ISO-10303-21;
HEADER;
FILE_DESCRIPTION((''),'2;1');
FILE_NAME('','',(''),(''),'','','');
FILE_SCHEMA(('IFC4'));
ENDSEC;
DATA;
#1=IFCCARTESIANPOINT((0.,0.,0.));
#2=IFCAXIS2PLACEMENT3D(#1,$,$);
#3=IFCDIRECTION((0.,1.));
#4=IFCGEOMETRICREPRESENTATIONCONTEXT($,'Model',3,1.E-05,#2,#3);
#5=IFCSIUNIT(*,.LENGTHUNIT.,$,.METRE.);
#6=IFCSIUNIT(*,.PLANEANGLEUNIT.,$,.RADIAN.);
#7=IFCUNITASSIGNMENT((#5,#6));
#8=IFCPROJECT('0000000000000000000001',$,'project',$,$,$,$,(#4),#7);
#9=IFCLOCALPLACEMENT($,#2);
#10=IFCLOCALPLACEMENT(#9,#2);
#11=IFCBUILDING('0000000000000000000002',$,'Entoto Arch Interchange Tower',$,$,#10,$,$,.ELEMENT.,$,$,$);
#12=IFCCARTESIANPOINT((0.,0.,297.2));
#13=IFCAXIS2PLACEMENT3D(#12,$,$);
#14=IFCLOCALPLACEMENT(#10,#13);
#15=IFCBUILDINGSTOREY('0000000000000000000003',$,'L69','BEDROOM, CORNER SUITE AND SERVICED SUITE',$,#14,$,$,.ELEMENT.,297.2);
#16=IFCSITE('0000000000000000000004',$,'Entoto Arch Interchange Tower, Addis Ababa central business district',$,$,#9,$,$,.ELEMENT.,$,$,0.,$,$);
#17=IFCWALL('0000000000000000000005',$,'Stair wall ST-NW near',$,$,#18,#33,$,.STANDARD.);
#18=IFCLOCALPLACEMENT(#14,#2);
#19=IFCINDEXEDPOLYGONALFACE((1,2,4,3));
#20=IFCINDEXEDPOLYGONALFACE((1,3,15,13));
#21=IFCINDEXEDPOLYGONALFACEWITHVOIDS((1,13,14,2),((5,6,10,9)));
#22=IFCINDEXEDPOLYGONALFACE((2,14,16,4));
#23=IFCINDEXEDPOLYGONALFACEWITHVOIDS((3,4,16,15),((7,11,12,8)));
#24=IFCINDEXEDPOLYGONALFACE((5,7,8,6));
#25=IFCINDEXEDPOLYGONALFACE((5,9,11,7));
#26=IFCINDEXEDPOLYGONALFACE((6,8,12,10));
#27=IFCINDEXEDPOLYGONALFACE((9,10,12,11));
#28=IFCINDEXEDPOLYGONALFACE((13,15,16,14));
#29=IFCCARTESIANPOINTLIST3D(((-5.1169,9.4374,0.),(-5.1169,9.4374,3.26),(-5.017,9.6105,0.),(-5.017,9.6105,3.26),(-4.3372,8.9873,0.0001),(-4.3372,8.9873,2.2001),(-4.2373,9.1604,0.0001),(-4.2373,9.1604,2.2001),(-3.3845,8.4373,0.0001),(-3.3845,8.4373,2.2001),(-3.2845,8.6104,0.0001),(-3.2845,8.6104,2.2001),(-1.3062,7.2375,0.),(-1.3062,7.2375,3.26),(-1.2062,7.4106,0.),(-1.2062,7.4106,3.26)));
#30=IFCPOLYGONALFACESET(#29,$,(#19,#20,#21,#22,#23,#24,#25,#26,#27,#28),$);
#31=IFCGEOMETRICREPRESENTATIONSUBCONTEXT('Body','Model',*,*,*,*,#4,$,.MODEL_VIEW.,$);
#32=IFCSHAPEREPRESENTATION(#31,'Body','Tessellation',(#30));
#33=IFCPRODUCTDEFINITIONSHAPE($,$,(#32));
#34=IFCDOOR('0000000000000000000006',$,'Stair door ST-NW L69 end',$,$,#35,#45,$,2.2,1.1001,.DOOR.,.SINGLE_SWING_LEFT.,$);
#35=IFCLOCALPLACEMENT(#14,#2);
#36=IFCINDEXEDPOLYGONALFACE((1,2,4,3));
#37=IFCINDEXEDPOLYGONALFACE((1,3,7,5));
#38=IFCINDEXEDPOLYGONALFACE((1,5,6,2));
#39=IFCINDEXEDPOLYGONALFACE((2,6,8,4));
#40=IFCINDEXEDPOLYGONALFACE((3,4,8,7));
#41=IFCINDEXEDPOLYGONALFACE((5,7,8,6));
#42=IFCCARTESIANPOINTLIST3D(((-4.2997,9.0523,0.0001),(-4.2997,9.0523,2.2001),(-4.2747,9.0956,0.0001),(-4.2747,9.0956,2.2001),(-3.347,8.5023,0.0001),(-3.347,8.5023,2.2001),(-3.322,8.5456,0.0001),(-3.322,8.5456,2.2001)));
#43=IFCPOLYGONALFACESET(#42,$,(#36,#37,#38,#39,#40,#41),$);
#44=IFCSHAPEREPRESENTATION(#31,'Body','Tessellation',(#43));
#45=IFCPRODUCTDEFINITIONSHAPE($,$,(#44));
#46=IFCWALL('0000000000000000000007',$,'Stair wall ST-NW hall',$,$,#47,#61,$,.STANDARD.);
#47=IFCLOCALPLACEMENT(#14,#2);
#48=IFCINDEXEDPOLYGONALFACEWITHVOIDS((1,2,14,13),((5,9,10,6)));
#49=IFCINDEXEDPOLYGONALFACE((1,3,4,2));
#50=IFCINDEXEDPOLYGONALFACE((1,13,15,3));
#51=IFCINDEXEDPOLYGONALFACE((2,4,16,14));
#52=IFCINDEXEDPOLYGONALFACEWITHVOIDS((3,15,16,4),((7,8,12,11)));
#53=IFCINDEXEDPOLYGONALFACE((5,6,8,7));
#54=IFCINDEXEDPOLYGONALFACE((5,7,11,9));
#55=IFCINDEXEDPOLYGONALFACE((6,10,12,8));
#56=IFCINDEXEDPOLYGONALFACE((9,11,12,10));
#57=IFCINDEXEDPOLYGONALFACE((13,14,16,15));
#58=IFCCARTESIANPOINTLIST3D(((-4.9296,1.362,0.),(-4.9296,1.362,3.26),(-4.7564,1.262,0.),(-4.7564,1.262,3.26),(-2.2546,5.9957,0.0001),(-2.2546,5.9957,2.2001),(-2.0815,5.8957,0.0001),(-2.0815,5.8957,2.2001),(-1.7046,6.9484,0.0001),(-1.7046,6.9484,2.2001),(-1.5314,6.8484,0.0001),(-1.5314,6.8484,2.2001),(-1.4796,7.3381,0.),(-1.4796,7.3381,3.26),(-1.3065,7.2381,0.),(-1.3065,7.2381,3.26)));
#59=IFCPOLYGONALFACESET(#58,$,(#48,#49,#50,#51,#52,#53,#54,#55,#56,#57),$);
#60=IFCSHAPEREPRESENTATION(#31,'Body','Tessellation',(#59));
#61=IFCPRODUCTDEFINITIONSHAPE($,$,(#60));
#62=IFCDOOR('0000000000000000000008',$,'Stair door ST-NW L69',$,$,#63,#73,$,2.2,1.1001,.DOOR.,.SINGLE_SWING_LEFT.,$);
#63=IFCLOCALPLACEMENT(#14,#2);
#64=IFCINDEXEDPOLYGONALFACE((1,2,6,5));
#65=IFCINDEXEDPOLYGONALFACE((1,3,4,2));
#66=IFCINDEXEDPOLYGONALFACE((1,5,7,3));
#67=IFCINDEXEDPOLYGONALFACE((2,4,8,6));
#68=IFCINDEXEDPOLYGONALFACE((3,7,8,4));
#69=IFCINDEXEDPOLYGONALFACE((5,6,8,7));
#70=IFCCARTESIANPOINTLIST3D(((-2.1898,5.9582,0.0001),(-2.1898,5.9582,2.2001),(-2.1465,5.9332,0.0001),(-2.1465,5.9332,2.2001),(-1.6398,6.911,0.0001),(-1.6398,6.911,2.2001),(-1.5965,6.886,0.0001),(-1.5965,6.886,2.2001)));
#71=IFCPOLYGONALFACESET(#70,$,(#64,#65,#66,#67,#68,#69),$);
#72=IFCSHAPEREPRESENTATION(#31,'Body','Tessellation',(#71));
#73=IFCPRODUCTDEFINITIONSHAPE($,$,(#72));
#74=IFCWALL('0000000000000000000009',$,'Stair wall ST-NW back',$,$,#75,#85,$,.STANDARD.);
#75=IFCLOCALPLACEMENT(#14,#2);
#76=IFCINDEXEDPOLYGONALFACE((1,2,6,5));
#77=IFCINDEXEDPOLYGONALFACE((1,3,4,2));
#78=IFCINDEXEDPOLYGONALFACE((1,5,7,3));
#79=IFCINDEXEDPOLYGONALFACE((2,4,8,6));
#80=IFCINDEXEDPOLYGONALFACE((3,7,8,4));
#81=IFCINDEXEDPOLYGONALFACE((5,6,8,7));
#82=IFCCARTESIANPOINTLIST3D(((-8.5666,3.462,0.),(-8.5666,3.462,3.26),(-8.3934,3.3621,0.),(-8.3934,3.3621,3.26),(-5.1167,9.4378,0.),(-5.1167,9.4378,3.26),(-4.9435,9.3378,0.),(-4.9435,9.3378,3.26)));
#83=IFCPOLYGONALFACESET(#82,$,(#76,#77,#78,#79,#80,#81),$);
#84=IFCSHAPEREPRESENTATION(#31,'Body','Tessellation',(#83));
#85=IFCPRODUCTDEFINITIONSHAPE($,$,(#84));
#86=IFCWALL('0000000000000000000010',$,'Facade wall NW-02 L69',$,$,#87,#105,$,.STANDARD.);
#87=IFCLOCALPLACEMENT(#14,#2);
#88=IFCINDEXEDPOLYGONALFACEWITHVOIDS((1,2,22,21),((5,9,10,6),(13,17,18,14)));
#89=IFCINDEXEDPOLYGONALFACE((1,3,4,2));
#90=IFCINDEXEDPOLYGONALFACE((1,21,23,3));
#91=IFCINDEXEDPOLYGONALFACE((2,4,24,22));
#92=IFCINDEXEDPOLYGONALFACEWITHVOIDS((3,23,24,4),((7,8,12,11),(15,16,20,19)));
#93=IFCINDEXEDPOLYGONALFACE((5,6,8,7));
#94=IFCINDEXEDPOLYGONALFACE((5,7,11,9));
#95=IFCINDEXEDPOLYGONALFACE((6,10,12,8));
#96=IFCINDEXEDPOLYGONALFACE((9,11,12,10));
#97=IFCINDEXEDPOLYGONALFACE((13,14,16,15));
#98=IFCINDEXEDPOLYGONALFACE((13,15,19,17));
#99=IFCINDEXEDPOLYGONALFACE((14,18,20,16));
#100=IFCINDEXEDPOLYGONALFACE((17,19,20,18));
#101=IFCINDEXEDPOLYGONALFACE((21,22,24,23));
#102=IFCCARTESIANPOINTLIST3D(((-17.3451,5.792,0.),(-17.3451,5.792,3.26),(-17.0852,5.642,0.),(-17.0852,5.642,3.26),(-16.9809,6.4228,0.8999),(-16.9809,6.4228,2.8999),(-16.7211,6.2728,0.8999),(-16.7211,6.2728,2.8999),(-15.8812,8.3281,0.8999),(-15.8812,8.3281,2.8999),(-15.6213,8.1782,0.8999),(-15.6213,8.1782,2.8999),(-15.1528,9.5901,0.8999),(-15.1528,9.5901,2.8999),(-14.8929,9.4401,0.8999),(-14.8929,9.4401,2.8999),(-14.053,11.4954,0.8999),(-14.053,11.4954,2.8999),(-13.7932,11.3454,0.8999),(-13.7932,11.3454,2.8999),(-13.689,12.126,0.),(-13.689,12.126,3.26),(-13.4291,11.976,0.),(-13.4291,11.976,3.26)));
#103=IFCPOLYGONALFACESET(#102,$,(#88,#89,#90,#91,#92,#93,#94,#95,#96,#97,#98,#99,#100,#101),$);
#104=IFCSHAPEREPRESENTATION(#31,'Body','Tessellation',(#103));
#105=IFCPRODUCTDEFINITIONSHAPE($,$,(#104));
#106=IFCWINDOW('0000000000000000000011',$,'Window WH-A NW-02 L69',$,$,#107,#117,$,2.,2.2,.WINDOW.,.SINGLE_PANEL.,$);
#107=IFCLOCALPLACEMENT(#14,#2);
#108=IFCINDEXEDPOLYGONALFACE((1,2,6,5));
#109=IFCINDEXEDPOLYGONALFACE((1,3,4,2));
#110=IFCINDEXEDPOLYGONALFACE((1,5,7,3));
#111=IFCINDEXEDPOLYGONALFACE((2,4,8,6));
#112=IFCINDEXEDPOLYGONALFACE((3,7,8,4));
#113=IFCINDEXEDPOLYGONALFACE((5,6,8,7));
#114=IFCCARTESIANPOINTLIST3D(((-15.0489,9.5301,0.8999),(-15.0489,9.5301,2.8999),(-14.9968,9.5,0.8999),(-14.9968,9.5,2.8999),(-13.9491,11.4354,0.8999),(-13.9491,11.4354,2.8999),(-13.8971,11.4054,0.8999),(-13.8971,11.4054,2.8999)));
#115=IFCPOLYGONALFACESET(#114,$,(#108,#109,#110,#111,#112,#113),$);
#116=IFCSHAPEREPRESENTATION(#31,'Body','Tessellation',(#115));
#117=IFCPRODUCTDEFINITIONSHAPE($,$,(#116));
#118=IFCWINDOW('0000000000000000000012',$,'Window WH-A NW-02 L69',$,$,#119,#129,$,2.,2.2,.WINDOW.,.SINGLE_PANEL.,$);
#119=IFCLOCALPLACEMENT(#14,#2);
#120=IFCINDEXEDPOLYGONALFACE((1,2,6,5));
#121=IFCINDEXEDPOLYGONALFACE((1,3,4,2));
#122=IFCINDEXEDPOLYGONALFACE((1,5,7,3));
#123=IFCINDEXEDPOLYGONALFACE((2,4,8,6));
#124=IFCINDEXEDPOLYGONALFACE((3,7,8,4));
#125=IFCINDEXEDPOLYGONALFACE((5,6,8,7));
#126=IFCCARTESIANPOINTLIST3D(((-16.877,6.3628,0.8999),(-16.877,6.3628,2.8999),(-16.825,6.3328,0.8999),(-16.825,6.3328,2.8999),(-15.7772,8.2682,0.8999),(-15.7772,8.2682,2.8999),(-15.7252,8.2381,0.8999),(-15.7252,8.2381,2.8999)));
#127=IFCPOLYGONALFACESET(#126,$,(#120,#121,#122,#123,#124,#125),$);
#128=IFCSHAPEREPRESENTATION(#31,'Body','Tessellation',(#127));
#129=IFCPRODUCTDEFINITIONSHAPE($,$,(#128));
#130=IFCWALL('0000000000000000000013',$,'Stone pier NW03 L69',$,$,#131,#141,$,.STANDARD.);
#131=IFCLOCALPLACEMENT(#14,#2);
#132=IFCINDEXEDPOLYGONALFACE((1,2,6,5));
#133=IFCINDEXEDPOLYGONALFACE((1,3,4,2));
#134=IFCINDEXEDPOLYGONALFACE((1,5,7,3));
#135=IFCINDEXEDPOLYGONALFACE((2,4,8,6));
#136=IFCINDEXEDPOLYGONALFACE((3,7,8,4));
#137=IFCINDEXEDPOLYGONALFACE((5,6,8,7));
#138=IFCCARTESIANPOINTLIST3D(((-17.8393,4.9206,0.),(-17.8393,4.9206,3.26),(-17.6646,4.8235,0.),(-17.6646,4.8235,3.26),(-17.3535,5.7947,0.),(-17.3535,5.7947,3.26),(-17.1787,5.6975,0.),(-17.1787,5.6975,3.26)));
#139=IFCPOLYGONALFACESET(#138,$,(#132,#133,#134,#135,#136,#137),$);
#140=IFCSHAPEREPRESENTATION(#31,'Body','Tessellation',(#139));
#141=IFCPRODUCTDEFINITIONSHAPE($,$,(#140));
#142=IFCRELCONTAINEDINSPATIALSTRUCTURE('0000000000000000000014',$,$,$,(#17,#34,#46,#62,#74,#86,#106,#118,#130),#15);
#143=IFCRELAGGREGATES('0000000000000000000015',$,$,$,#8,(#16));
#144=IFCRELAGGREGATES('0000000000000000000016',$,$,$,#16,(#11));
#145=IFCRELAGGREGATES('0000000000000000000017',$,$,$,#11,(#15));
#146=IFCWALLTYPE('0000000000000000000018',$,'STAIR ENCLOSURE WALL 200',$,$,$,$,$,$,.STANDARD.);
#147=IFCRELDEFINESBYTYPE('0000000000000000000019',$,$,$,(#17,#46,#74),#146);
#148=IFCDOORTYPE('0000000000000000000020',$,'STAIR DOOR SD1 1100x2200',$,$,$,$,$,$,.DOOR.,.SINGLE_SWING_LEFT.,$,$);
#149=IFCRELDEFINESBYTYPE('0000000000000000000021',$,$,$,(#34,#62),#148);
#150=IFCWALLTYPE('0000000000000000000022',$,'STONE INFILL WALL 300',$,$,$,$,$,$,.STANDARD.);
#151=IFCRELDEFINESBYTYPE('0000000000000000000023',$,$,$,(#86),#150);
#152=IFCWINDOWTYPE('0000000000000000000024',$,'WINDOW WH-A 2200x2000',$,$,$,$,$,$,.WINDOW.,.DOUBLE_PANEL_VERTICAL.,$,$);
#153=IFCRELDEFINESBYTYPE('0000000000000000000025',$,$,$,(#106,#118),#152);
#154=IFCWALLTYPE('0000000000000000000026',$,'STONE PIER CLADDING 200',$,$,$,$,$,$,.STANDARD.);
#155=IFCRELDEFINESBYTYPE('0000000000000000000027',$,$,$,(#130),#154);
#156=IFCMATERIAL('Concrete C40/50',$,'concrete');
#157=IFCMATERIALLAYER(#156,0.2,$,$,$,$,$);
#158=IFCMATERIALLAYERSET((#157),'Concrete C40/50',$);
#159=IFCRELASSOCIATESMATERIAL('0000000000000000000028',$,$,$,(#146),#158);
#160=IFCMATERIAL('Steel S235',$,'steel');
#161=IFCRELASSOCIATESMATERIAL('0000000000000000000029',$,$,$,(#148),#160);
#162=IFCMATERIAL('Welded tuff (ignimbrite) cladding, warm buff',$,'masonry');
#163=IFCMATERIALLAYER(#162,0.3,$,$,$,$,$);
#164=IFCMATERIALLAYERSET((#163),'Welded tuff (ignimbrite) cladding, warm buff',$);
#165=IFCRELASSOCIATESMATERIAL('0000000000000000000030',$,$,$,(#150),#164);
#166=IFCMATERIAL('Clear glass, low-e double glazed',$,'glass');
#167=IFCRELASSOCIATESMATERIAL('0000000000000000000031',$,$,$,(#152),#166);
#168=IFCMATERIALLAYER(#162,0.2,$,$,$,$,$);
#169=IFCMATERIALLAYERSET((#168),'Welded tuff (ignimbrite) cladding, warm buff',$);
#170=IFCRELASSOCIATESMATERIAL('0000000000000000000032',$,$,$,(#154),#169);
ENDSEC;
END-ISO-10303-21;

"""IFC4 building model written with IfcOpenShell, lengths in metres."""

from ifc_helpers import new_model, si_unit, direction, frame, frame_2d, origin, place, context, subcontext, project, spatial, rectangle, extrude, material, layer, layer_set, type_object, element, fill, save


model = new_model("IFC4")

# Units and contexts
model_context = context("Model", 3, precision=1e-05, world=origin(), true_north=direction((0.0, 1.0)))
body_context = subcontext(model_context, "Body", "Model", "MODEL_VIEW")
ifc_project = project(units=[si_unit("LENGTHUNIT", "METRE"), si_unit("PLANEANGLEUNIT", "RADIAN")], contexts=[model_context])

# Site, building, storey
site_placement = place(None, origin())
site = spatial("IfcSite", under=ifc_project, at=site_placement, Name="Entoto Arch Interchange Tower, Addis Ababa central business district", CompositionType="ELEMENT", RefElevation=0.0)
building_placement = place(site_placement, origin())
building = spatial("IfcBuilding", under=site, at=building_placement, Name="Entoto Arch Interchange Tower", CompositionType="ELEMENT")
storey_placement = place(building_placement, frame((0.0, 0.0, 297.2)))
storey = spatial("IfcBuildingStorey", under=building, at=storey_placement, Name="L69", Description="BEDROOM, CORNER SUITE AND SERVICED SUITE", CompositionType="ELEMENT", Elevation=297.2)

# Shared definitions
ifc_material_1 = material(Name="Concrete C40/50", Category="concrete")

# Walls, openings, doors
ifc_layer_1 = layer(ifc_material_1, 0.2)
ifc_layer_set_1 = layer_set([ifc_layer_1], Name="Concrete C40/50")
wall_type_1 = type_object("IfcWallType", Name="STAIR ENCLOSURE WALL 200", PredefinedType="STANDARD", material=ifc_layer_set_1)
wall_1_placement = place(storey_placement, frame((-1.2561, 7.324, 0.0), z_axis=(0.0, 0.0, 1.0), x_axis=(-0.866046, 0.499964, 0.0)))
wall_1 = element("IfcWall", 1, at=wall_1_placement, inside=storey, type_object=wall_type_1, Name="Stair wall ST-NW near", PredefinedType="STANDARD", context=body_context, shape_type="SweptSolid", body=[
    extrude(rectangle(XDim=4.4001, YDim=0.2, at=frame_2d((2.2002, 0.0))), origin(), (0.0, 0.0, 1.0), 3.26),
])
opening_1_placement = place(wall_1_placement, frame((2.3999, 0.0, 0.0)))
opening_1 = element("IfcOpeningElement", 2, at=opening_1_placement, cuts=wall_1, PredefinedType="OPENING", context=body_context, shape_type="SweptSolid", body=[
    extrude(rectangle(XDim=1.1001, YDim=2.2, at=frame_2d((0.55, 1.1001))), frame((0.0, 0.1099, 0.0), z_axis=(0.0, -1.0, 0.0), x_axis=(1.0, 0.0, 0.0)), (0.0, 0.0, 1.0), 0.22),
])
ifc_material_2 = material(Name="Steel S235", Category="steel")
door_type_1 = type_object("IfcDoorType", Name="STAIR DOOR SD1 1100x2200", OperationType="SINGLE_SWING_LEFT", PredefinedType="DOOR", material=ifc_material_2)
door_1_placement = place(opening_1_placement, origin())
door_1 = element("IfcDoor", 3, at=door_1_placement, inside=storey, type_object=door_type_1, Name="Stair door ST-NW L69 end", OperationType="SINGLE_SWING_LEFT", OverallHeight=2.2, OverallWidth=1.1001, PredefinedType="DOOR", context=body_context, shape_type="SweptSolid", body=[
    extrude(rectangle(XDim=1.1001, YDim=2.2, at=frame_2d((0.55, 1.1001))), frame((0.0, 0.0249, 0.0), z_axis=(0.0, -1.0, 0.0), x_axis=(1.0, 0.0, 0.0)), (0.0, 0.0, 1.0), 0.05),
])
fill(opening_1, door_1)
wall_2_placement = place(storey_placement, frame((-1.3931, 7.2881, 0.0), z_axis=(0.0, 0.0, 1.0), x_axis=(-0.499963, -0.866047, 0.0)))
wall_2 = element("IfcWall", 4, at=wall_2_placement, inside=storey, type_object=wall_type_1, Name="Stair wall ST-NW hall", PredefinedType="STANDARD", context=body_context, shape_type="SweptSolid", body=[
    extrude(rectangle(XDim=6.9004, YDim=0.2, at=frame_2d((3.4502, 0.0))), origin(), (0.0, 0.0, 1.0), 3.26),
])
opening_2_placement = place(wall_2_placement, frame((0.45, 0.0, 0.0)))
opening_2 = element("IfcOpeningElement", 5, at=opening_2_placement, cuts=wall_2, PredefinedType="OPENING", context=body_context, shape_type="SweptSolid", body=[
    extrude(rectangle(XDim=1.1001, YDim=2.2, at=frame_2d((0.55, 1.1001))), frame((0.0, 0.1099, 0.0), z_axis=(0.0, -1.0, 0.0), x_axis=(1.0, 0.0, 0.0)), (0.0, 0.0, 1.0), 0.22),
])
door_2_placement = place(opening_2_placement, origin())
door_2 = element("IfcDoor", 6, at=door_2_placement, inside=storey, type_object=door_type_1, Name="Stair door ST-NW L69", OperationType="SINGLE_SWING_LEFT", OverallHeight=2.2, OverallWidth=1.1001, PredefinedType="DOOR", context=body_context, shape_type="SweptSolid", body=[
    extrude(rectangle(XDim=1.1001, YDim=2.2, at=frame_2d((0.55, 1.1001))), frame((0.0, 0.0249, 0.0), z_axis=(0.0, -1.0, 0.0), x_axis=(1.0, 0.0, 0.0)), (0.0, 0.0, 1.0), 0.05),
])
fill(opening_2, door_2)

# Wall
wall_3_placement = place(storey_placement, frame((-5.03, 9.3879, 0.0), z_axis=(0.0, 0.0, 1.0), x_axis=(-0.499979, -0.866038, 0.0)))
element("IfcWall", 7, at=wall_3_placement, inside=storey, type_object=wall_type_1, Name="Stair wall ST-NW back", PredefinedType="STANDARD", context=body_context, shape_type="SweptSolid", body=[
    extrude(rectangle(XDim=6.9001, YDim=0.2, at=frame_2d((3.4502, 0.0))), origin(), (0.0, 0.0, 1.0), 3.26),
])

# Wall, openings, windows
ifc_material_3 = material(Name="Welded tuff (ignimbrite) cladding, warm buff", Category="masonry")
ifc_layer_2 = layer(ifc_material_3, 0.3)
ifc_layer_set_2 = layer_set([ifc_layer_2], Name="Welded tuff (ignimbrite) cladding, warm buff")
wall_type_2 = type_object("IfcWallType", Name="STONE INFILL WALL 300", PredefinedType="STANDARD", material=ifc_layer_set_2)
wall_4_placement = place(storey_placement, frame((-13.5591, 12.051, 0.0), z_axis=(0.0, 0.0, 1.0), x_axis=(-0.499905, -0.86608, 0.0)))
wall_4 = element("IfcWall", 8, at=wall_4_placement, inside=storey, type_object=wall_type_2, Name="Facade wall NW-02 L69", PredefinedType="STANDARD", context=body_context, shape_type="SweptSolid", body=[
    extrude(rectangle(XDim=7.3135, YDim=0.3, at=frame_2d((3.6567, 0.0))), origin(), (0.0, 0.0, 1.0), 3.26),
])
opening_3_placement = place(wall_4_placement, frame((0.728, 0.0, 0.8999)))
opening_3 = element("IfcOpeningElement", 9, at=opening_3_placement, cuts=wall_4, PredefinedType="OPENING", context=body_context, shape_type="SweptSolid", body=[
    extrude(rectangle(XDim=2.2, YDim=2.0, at=frame_2d((1.1001, 1.0))), frame((0.0, 0.1602, 0.0), z_axis=(0.0, -1.0, 0.0), x_axis=(1.0, 0.0, 0.0)), (0.0, 0.0, 1.0), 0.3201),
])
opening_4_placement = place(wall_4_placement, frame((4.385, 0.0, 0.8999)))
opening_4 = element("IfcOpeningElement", 10, at=opening_4_placement, cuts=wall_4, PredefinedType="OPENING", context=body_context, shape_type="SweptSolid", body=[
    extrude(rectangle(XDim=2.2, YDim=2.0, at=frame_2d((1.1001, 1.0))), frame((0.0, 0.1602, 0.0), z_axis=(0.0, -1.0, 0.0), x_axis=(1.0, 0.0, 0.0)), (0.0, 0.0, 1.0), 0.3201),
])
ifc_material_4 = material(Name="Clear glass, low-e double glazed", Category="glass")
window_type = type_object("IfcWindowType", Name="WINDOW WH-A 2200x2000", PartitioningType="DOUBLE_PANEL_VERTICAL", PredefinedType="WINDOW", material=ifc_material_4)
window_1_placement = place(opening_3_placement, origin())
window_1 = element("IfcWindow", 11, at=window_1_placement, inside=storey, type_object=window_type, Name="Window WH-A NW-02 L69", OverallHeight=2.0, OverallWidth=2.2, PartitioningType="SINGLE_PANEL", PredefinedType="WINDOW", context=body_context, shape_type="SweptSolid", body=[
    extrude(rectangle(XDim=2.2, YDim=2.0, at=frame_2d((1.1001, 1.0))), frame((0.0, 0.03, 0.0), z_axis=(0.0, -1.0, 0.0), x_axis=(1.0, 0.0, 0.0)), (0.0, 0.0, 1.0), 0.0601),
])
fill(opening_3, window_1)
window_2_placement = place(opening_4_placement, origin())
window_2 = element("IfcWindow", 12, at=window_2_placement, inside=storey, type_object=window_type, Name="Window WH-A NW-02 L69", OverallHeight=2.0, OverallWidth=2.2, PartitioningType="SINGLE_PANEL", PredefinedType="WINDOW", context=body_context, shape_type="SweptSolid", body=[
    extrude(rectangle(XDim=2.2, YDim=2.0, at=frame_2d((1.1001, 1.0))), frame((0.0, 0.03, 0.0), z_axis=(0.0, -1.0, 0.0), x_axis=(1.0, 0.0, 0.0)), (0.0, 0.0, 1.0), 0.0601),
])
fill(opening_4, window_2)

# Wall
ifc_layer_3 = layer(ifc_material_3, 0.2)
ifc_layer_set_3 = layer_set([ifc_layer_3], Name="Welded tuff (ignimbrite) cladding, warm buff")
wall_type_3 = type_object("IfcWallType", Name="STONE PIER CLADDING 200", PredefinedType="STANDARD", material=ifc_layer_set_3)
wall_5_placement = place(storey_placement, frame((-17.2661, 5.7461, 0.0), z_axis=(0.0, 0.0, 1.0), x_axis=(-0.48585, -0.874042, 0.0)))
element("IfcWall", 13, at=wall_5_placement, inside=storey, type_object=wall_type_3, Name="Stone pier NW03 L69", PredefinedType="STANDARD", context=body_context, shape_type="SweptSolid", body=[
    extrude(rectangle(XDim=1.0, YDim=0.2, at=frame_2d((0.5, 0.0))), origin(), (0.0, 0.0, 1.0), 3.26),
])

save(model, "model.ifc")
